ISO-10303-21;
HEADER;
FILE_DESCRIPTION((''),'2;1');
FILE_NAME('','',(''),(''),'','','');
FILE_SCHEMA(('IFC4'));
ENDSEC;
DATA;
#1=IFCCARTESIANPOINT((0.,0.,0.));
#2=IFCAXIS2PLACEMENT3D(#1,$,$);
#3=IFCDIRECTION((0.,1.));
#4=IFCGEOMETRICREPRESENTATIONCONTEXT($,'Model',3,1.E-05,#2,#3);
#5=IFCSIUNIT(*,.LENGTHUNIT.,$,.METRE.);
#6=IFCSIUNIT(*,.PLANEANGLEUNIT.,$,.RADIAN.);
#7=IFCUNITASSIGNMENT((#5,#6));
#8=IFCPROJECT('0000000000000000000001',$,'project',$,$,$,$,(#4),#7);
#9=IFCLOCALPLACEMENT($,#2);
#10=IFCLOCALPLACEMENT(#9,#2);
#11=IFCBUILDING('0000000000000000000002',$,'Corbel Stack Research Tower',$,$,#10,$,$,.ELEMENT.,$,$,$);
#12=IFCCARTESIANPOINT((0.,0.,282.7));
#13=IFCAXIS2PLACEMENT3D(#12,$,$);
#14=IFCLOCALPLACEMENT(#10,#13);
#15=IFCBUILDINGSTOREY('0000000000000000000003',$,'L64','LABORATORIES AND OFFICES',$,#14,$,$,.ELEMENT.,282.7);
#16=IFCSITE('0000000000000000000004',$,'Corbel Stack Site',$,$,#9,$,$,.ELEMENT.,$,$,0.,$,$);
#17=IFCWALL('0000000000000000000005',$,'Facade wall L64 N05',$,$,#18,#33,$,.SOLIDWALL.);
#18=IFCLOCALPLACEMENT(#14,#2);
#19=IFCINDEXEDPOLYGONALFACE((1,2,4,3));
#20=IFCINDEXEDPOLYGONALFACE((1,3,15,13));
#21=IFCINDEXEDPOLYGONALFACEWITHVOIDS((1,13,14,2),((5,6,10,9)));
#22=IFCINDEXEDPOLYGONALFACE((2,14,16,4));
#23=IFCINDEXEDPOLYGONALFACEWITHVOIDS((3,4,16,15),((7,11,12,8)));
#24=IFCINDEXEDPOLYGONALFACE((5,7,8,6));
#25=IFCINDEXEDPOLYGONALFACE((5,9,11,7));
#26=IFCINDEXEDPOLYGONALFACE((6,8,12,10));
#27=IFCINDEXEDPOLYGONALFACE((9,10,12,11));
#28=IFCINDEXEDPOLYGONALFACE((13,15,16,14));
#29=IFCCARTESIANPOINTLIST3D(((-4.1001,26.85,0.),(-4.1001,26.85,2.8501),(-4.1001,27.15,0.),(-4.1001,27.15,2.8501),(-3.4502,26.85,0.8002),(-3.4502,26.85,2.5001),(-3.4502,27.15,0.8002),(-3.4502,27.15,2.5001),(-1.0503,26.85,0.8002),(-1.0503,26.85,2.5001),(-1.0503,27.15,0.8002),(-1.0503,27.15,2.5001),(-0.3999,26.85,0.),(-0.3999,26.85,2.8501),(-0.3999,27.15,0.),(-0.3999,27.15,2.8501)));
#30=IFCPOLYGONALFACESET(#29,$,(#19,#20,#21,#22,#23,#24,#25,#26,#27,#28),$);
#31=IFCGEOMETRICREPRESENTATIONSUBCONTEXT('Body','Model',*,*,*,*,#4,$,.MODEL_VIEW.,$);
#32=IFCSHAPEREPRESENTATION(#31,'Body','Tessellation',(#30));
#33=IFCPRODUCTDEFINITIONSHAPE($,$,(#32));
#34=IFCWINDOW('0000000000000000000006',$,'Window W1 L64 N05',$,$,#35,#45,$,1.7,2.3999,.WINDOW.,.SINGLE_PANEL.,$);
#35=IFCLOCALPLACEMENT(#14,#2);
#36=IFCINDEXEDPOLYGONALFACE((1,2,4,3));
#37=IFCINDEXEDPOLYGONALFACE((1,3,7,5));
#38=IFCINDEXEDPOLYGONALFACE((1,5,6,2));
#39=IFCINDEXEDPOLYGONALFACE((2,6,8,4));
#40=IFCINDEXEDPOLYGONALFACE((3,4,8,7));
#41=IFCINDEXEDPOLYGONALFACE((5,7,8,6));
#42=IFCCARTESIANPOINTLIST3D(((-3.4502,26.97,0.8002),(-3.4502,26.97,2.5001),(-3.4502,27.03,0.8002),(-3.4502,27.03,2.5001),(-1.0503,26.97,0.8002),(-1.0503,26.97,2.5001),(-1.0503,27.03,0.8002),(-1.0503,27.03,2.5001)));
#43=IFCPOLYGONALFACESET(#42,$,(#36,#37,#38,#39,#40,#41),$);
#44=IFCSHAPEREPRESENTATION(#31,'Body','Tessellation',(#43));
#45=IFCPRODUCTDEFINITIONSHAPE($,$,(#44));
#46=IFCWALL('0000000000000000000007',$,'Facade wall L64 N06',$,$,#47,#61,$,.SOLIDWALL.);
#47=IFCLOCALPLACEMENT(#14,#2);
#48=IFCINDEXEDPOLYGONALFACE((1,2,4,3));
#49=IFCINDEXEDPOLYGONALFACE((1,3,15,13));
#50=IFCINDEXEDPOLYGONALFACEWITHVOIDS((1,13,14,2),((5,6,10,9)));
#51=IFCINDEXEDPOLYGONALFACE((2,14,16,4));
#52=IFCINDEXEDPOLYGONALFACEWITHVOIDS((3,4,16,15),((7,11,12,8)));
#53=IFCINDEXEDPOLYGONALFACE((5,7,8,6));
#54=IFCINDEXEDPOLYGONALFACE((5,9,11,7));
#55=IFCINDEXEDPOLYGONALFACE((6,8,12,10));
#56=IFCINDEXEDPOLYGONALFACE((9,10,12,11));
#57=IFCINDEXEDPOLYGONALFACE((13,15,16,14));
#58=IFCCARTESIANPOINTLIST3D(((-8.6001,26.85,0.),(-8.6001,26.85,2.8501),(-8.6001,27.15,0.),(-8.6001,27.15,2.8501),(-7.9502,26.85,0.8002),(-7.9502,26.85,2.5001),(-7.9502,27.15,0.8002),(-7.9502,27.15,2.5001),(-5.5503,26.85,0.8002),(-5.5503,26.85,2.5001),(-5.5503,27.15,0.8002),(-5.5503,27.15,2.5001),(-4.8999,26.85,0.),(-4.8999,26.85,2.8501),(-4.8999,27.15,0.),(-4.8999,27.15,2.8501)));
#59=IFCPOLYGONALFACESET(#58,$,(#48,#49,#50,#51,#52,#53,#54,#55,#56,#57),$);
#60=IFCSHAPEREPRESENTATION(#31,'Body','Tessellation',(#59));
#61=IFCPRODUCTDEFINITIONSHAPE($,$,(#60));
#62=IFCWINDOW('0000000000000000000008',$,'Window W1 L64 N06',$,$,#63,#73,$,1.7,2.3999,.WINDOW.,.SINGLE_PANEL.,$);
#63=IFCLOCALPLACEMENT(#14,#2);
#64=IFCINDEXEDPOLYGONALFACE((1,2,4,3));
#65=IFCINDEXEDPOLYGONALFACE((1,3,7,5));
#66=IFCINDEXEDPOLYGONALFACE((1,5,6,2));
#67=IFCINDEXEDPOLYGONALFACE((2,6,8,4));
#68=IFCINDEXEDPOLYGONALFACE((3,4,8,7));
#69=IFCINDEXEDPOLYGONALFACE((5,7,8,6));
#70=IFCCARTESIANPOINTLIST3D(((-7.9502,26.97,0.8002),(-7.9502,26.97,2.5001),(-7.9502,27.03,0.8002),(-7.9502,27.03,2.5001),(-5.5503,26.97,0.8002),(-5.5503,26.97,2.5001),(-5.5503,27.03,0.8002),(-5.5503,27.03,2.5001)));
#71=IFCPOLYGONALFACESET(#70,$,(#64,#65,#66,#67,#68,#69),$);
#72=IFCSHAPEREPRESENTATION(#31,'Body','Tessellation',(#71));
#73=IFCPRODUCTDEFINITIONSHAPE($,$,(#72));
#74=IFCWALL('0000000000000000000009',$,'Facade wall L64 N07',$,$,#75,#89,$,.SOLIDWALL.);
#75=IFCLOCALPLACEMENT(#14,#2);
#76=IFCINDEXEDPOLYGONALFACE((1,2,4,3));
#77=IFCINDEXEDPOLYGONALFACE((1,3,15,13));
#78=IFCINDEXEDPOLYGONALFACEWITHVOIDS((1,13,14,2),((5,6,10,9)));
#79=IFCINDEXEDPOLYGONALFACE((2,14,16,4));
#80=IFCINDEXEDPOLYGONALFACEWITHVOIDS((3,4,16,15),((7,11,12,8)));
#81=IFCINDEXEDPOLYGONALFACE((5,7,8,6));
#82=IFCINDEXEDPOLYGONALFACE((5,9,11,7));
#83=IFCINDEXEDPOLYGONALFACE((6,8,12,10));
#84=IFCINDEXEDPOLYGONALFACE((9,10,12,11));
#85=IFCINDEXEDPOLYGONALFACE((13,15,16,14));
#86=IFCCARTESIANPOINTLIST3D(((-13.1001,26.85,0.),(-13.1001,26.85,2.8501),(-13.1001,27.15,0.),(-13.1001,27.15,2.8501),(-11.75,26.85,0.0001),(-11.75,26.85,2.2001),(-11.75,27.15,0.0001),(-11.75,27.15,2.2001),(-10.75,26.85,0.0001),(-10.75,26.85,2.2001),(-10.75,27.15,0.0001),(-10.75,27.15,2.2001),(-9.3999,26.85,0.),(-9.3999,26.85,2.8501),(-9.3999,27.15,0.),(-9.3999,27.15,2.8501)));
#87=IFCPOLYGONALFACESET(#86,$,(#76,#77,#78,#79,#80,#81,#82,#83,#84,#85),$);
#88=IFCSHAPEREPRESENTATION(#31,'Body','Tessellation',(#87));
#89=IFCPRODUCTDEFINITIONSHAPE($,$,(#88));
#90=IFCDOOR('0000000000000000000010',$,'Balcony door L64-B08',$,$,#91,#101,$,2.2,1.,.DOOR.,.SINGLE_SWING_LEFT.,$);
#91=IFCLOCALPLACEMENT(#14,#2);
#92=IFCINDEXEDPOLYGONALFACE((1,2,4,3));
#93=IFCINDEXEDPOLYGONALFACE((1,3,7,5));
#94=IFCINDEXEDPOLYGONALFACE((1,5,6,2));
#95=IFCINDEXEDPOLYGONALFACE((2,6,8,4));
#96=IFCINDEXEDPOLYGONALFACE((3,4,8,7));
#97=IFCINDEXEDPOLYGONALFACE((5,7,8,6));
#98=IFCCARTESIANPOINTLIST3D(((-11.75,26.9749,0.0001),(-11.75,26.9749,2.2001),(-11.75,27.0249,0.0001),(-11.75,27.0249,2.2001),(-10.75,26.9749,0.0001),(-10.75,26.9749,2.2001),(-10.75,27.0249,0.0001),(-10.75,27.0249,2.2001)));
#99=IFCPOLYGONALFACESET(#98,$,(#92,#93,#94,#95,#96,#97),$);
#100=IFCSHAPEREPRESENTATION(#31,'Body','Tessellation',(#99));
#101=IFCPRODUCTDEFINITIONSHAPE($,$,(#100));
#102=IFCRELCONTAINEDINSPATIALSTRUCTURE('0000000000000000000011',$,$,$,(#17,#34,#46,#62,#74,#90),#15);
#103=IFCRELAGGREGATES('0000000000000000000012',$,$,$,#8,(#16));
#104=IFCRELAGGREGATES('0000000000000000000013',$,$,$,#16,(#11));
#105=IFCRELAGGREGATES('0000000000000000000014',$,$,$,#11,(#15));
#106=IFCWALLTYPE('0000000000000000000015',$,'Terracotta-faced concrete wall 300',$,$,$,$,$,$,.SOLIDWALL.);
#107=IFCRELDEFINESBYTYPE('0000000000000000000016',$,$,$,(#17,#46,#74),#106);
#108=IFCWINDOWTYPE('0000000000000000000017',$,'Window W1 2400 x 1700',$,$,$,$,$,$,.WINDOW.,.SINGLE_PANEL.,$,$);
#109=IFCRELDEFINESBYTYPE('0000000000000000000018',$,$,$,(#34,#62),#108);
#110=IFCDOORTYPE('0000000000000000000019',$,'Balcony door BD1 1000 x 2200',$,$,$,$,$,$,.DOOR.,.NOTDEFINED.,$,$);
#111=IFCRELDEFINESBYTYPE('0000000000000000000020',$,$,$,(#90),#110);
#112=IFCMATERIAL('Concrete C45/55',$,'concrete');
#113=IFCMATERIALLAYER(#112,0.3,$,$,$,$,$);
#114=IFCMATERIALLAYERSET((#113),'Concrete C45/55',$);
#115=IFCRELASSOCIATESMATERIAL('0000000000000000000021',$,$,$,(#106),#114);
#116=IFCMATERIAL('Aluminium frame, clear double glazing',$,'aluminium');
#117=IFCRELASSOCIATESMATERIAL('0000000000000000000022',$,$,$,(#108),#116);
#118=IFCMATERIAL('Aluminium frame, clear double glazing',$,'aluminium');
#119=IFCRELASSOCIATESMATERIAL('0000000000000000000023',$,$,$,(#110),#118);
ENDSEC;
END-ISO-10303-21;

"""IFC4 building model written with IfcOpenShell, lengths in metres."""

from ifc_helpers import new_model, si_unit, direction, frame, frame_2d, origin, place, context, subcontext, project, spatial, rectangle, extrude, material, layer, layer_set, type_object, element, fill, save


model = new_model("IFC4")

# Units and contexts
model_context = context("Model", 3, precision=1e-05, world=origin(), true_north=direction((0.0, 1.0)))
body_context = subcontext(model_context, "Body", "Model", "MODEL_VIEW")
ifc_project = project(units=[si_unit("LENGTHUNIT", "METRE"), si_unit("PLANEANGLEUNIT", "RADIAN")], contexts=[model_context])

# Site, building, storey
site_placement = place(None, origin())
site = spatial("IfcSite", under=ifc_project, at=site_placement, Name="Corbel Stack Site", CompositionType="ELEMENT", RefElevation=0.0)
building_placement = place(site_placement, origin())
building = spatial("IfcBuilding", under=site, at=building_placement, Name="Corbel Stack Research Tower", CompositionType="ELEMENT")
storey_placement = place(building_placement, frame((0.0, 0.0, 282.7)))
storey = spatial("IfcBuildingStorey", under=building, at=storey_placement, Name="L64", Description="LABORATORIES AND OFFICES", CompositionType="ELEMENT", Elevation=282.7)

# Walls, openings, windows
ifc_material_1 = material(Name="Concrete C45/55", Category="concrete")
ifc_layer_1 = layer(ifc_material_1, 0.3)
ifc_layer_set_1 = layer_set([ifc_layer_1], Name="Concrete C45/55")
wall_type_1 = type_object("IfcWallType", Name="Terracotta-faced concrete wall 300", PredefinedType="SOLIDWALL", material=ifc_layer_set_1)
wall_1_placement = place(storey_placement, frame((-4.1001, 27.0, 0.0), z_axis=(0.0, 0.0, 1.0), x_axis=(1.0, 0.0, 0.0)))
wall_1 = element("IfcWall", 1, at=wall_1_placement, inside=storey, type_object=wall_type_1, Name="Facade wall L64 N05", PredefinedType="SOLIDWALL", context=body_context, shape_type="SweptSolid", body=[
    extrude(rectangle(XDim=3.7002, YDim=0.3, at=frame_2d((1.8501, 0.0))), origin(), (0.0, 0.0, 1.0), 2.8501),
])
opening_1_placement = place(wall_1_placement, frame((0.6499, 0.0, 0.8)))
opening_1 = element("IfcOpeningElement", 2, at=opening_1_placement, cuts=wall_1, PredefinedType="OPENING", context=body_context, shape_type="SweptSolid", body=[
    extrude(rectangle(XDim=2.3999, YDim=1.7, at=frame_2d((1.2, 0.8501))), frame((0.0, 0.1599, 0.0), z_axis=(0.0, -1.0, 0.0), x_axis=(1.0, 0.0, 0.0)), (0.0, 0.0, 1.0), 0.3201),
])
ifc_material_2 = material(Name="Aluminium frame, clear double glazing", Category="aluminium")
window_type = type_object("IfcWindowType", Name="Window W1 2400 x 1700", PartitioningType="SINGLE_PANEL", PredefinedType="WINDOW", material=ifc_material_2)
window_1_placement = place(opening_1_placement, origin())
window_1 = element("IfcWindow", 3, at=window_1_placement, inside=storey, type_object=window_type, Name="Window W1 L64 N05", OverallHeight=1.7, OverallWidth=2.3999, PartitioningType="SINGLE_PANEL", PredefinedType="WINDOW", context=body_context, shape_type="SweptSolid", body=[
    extrude(rectangle(XDim=2.3999, YDim=1.7, at=frame_2d((1.2, 0.8501))), frame((0.0, 0.03, 0.0), z_axis=(0.0, -1.0, 0.0), x_axis=(1.0, 0.0, 0.0)), (0.0, 0.0, 1.0), 0.0601),
])
fill(opening_1, window_1)
wall_2_placement = place(storey_placement, frame((-8.6001, 27.0, 0.0), z_axis=(0.0, 0.0, 1.0), x_axis=(1.0, 0.0, 0.0)))
wall_2 = element("IfcWall", 4, at=wall_2_placement, inside=storey, type_object=wall_type_1, Name="Facade wall L64 N06", PredefinedType="SOLIDWALL", context=body_context, shape_type="SweptSolid", body=[
    extrude(rectangle(XDim=3.7002, YDim=0.3, at=frame_2d((1.8501, 0.0))), origin(), (0.0, 0.0, 1.0), 2.8501),
])
opening_2_placement = place(wall_2_placement, frame((0.6499, 0.0, 0.8)))
opening_2 = element("IfcOpeningElement", 5, at=opening_2_placement, cuts=wall_2, PredefinedType="OPENING", context=body_context, shape_type="SweptSolid", body=[
    extrude(rectangle(XDim=2.3999, YDim=1.7, at=frame_2d((1.2, 0.8501))), frame((0.0, 0.1599, 0.0), z_axis=(0.0, -1.0, 0.0), x_axis=(1.0, 0.0, 0.0)), (0.0, 0.0, 1.0), 0.3201),
])
window_2_placement = place(opening_2_placement, origin())
window_2 = element("IfcWindow", 6, at=window_2_placement, inside=storey, type_object=window_type, Name="Window W1 L64 N06", OverallHeight=1.7, OverallWidth=2.3999, PartitioningType="SINGLE_PANEL", PredefinedType="WINDOW", context=body_context, shape_type="SweptSolid", body=[
    extrude(rectangle(XDim=2.3999, YDim=1.7, at=frame_2d((1.2, 0.8501))), frame((0.0, 0.03, 0.0), z_axis=(0.0, -1.0, 0.0), x_axis=(1.0, 0.0, 0.0)), (0.0, 0.0, 1.0), 0.0601),
])
fill(opening_2, window_2)

# Wall, opening, door
wall_3_placement = place(storey_placement, frame((-13.1001, 27.0, 0.0), z_axis=(0.0, 0.0, 1.0), x_axis=(1.0, 0.0, 0.0)))
wall_3 = element("IfcWall", 7, at=wall_3_placement, inside=storey, type_object=wall_type_1, Name="Facade wall L64 N07", PredefinedType="SOLIDWALL", context=body_context, shape_type="SweptSolid", body=[
    extrude(rectangle(XDim=3.7002, YDim=0.3, at=frame_2d((1.8501, 0.0))), origin(), (0.0, 0.0, 1.0), 2.8501),
])
opening_3_placement = place(wall_3_placement, frame((1.3501, 0.0, 0.0)))
opening_3 = element("IfcOpeningElement", 8, at=opening_3_placement, cuts=wall_3, PredefinedType="OPENING", context=body_context, shape_type="SweptSolid", body=[
    extrude(rectangle(XDim=1.0, YDim=2.2, at=frame_2d((0.5, 1.1001))), frame((0.0, 0.1599, 0.0), z_axis=(0.0, -1.0, 0.0), x_axis=(1.0, 0.0, 0.0)), (0.0, 0.0, 1.0), 0.3201),
])
ifc_material_3 = material(Name="Aluminium frame, clear double glazing", Category="aluminium")
door_type_1 = type_object("IfcDoorType", Name="Balcony door BD1 1000 x 2200", OperationType="NOTDEFINED", PredefinedType="DOOR", material=ifc_material_3)
door_1_placement = place(opening_3_placement, origin())
door_1 = element("IfcDoor", 9, at=door_1_placement, inside=storey, type_object=door_type_1, Name="Balcony door L64-B08", OperationType="SINGLE_SWING_LEFT", OverallHeight=2.2, OverallWidth=1.0, PredefinedType="DOOR", context=body_context, shape_type="SweptSolid", body=[
    extrude(rectangle(XDim=1.0, YDim=2.2, at=frame_2d((0.5, 1.1001))), frame((0.0, 0.0249, 0.0), z_axis=(0.0, -1.0, 0.0), x_axis=(1.0, 0.0, 0.0)), (0.0, 0.0, 1.0), 0.05),
])
fill(opening_3, door_1)

save(model, "model.ifc")
